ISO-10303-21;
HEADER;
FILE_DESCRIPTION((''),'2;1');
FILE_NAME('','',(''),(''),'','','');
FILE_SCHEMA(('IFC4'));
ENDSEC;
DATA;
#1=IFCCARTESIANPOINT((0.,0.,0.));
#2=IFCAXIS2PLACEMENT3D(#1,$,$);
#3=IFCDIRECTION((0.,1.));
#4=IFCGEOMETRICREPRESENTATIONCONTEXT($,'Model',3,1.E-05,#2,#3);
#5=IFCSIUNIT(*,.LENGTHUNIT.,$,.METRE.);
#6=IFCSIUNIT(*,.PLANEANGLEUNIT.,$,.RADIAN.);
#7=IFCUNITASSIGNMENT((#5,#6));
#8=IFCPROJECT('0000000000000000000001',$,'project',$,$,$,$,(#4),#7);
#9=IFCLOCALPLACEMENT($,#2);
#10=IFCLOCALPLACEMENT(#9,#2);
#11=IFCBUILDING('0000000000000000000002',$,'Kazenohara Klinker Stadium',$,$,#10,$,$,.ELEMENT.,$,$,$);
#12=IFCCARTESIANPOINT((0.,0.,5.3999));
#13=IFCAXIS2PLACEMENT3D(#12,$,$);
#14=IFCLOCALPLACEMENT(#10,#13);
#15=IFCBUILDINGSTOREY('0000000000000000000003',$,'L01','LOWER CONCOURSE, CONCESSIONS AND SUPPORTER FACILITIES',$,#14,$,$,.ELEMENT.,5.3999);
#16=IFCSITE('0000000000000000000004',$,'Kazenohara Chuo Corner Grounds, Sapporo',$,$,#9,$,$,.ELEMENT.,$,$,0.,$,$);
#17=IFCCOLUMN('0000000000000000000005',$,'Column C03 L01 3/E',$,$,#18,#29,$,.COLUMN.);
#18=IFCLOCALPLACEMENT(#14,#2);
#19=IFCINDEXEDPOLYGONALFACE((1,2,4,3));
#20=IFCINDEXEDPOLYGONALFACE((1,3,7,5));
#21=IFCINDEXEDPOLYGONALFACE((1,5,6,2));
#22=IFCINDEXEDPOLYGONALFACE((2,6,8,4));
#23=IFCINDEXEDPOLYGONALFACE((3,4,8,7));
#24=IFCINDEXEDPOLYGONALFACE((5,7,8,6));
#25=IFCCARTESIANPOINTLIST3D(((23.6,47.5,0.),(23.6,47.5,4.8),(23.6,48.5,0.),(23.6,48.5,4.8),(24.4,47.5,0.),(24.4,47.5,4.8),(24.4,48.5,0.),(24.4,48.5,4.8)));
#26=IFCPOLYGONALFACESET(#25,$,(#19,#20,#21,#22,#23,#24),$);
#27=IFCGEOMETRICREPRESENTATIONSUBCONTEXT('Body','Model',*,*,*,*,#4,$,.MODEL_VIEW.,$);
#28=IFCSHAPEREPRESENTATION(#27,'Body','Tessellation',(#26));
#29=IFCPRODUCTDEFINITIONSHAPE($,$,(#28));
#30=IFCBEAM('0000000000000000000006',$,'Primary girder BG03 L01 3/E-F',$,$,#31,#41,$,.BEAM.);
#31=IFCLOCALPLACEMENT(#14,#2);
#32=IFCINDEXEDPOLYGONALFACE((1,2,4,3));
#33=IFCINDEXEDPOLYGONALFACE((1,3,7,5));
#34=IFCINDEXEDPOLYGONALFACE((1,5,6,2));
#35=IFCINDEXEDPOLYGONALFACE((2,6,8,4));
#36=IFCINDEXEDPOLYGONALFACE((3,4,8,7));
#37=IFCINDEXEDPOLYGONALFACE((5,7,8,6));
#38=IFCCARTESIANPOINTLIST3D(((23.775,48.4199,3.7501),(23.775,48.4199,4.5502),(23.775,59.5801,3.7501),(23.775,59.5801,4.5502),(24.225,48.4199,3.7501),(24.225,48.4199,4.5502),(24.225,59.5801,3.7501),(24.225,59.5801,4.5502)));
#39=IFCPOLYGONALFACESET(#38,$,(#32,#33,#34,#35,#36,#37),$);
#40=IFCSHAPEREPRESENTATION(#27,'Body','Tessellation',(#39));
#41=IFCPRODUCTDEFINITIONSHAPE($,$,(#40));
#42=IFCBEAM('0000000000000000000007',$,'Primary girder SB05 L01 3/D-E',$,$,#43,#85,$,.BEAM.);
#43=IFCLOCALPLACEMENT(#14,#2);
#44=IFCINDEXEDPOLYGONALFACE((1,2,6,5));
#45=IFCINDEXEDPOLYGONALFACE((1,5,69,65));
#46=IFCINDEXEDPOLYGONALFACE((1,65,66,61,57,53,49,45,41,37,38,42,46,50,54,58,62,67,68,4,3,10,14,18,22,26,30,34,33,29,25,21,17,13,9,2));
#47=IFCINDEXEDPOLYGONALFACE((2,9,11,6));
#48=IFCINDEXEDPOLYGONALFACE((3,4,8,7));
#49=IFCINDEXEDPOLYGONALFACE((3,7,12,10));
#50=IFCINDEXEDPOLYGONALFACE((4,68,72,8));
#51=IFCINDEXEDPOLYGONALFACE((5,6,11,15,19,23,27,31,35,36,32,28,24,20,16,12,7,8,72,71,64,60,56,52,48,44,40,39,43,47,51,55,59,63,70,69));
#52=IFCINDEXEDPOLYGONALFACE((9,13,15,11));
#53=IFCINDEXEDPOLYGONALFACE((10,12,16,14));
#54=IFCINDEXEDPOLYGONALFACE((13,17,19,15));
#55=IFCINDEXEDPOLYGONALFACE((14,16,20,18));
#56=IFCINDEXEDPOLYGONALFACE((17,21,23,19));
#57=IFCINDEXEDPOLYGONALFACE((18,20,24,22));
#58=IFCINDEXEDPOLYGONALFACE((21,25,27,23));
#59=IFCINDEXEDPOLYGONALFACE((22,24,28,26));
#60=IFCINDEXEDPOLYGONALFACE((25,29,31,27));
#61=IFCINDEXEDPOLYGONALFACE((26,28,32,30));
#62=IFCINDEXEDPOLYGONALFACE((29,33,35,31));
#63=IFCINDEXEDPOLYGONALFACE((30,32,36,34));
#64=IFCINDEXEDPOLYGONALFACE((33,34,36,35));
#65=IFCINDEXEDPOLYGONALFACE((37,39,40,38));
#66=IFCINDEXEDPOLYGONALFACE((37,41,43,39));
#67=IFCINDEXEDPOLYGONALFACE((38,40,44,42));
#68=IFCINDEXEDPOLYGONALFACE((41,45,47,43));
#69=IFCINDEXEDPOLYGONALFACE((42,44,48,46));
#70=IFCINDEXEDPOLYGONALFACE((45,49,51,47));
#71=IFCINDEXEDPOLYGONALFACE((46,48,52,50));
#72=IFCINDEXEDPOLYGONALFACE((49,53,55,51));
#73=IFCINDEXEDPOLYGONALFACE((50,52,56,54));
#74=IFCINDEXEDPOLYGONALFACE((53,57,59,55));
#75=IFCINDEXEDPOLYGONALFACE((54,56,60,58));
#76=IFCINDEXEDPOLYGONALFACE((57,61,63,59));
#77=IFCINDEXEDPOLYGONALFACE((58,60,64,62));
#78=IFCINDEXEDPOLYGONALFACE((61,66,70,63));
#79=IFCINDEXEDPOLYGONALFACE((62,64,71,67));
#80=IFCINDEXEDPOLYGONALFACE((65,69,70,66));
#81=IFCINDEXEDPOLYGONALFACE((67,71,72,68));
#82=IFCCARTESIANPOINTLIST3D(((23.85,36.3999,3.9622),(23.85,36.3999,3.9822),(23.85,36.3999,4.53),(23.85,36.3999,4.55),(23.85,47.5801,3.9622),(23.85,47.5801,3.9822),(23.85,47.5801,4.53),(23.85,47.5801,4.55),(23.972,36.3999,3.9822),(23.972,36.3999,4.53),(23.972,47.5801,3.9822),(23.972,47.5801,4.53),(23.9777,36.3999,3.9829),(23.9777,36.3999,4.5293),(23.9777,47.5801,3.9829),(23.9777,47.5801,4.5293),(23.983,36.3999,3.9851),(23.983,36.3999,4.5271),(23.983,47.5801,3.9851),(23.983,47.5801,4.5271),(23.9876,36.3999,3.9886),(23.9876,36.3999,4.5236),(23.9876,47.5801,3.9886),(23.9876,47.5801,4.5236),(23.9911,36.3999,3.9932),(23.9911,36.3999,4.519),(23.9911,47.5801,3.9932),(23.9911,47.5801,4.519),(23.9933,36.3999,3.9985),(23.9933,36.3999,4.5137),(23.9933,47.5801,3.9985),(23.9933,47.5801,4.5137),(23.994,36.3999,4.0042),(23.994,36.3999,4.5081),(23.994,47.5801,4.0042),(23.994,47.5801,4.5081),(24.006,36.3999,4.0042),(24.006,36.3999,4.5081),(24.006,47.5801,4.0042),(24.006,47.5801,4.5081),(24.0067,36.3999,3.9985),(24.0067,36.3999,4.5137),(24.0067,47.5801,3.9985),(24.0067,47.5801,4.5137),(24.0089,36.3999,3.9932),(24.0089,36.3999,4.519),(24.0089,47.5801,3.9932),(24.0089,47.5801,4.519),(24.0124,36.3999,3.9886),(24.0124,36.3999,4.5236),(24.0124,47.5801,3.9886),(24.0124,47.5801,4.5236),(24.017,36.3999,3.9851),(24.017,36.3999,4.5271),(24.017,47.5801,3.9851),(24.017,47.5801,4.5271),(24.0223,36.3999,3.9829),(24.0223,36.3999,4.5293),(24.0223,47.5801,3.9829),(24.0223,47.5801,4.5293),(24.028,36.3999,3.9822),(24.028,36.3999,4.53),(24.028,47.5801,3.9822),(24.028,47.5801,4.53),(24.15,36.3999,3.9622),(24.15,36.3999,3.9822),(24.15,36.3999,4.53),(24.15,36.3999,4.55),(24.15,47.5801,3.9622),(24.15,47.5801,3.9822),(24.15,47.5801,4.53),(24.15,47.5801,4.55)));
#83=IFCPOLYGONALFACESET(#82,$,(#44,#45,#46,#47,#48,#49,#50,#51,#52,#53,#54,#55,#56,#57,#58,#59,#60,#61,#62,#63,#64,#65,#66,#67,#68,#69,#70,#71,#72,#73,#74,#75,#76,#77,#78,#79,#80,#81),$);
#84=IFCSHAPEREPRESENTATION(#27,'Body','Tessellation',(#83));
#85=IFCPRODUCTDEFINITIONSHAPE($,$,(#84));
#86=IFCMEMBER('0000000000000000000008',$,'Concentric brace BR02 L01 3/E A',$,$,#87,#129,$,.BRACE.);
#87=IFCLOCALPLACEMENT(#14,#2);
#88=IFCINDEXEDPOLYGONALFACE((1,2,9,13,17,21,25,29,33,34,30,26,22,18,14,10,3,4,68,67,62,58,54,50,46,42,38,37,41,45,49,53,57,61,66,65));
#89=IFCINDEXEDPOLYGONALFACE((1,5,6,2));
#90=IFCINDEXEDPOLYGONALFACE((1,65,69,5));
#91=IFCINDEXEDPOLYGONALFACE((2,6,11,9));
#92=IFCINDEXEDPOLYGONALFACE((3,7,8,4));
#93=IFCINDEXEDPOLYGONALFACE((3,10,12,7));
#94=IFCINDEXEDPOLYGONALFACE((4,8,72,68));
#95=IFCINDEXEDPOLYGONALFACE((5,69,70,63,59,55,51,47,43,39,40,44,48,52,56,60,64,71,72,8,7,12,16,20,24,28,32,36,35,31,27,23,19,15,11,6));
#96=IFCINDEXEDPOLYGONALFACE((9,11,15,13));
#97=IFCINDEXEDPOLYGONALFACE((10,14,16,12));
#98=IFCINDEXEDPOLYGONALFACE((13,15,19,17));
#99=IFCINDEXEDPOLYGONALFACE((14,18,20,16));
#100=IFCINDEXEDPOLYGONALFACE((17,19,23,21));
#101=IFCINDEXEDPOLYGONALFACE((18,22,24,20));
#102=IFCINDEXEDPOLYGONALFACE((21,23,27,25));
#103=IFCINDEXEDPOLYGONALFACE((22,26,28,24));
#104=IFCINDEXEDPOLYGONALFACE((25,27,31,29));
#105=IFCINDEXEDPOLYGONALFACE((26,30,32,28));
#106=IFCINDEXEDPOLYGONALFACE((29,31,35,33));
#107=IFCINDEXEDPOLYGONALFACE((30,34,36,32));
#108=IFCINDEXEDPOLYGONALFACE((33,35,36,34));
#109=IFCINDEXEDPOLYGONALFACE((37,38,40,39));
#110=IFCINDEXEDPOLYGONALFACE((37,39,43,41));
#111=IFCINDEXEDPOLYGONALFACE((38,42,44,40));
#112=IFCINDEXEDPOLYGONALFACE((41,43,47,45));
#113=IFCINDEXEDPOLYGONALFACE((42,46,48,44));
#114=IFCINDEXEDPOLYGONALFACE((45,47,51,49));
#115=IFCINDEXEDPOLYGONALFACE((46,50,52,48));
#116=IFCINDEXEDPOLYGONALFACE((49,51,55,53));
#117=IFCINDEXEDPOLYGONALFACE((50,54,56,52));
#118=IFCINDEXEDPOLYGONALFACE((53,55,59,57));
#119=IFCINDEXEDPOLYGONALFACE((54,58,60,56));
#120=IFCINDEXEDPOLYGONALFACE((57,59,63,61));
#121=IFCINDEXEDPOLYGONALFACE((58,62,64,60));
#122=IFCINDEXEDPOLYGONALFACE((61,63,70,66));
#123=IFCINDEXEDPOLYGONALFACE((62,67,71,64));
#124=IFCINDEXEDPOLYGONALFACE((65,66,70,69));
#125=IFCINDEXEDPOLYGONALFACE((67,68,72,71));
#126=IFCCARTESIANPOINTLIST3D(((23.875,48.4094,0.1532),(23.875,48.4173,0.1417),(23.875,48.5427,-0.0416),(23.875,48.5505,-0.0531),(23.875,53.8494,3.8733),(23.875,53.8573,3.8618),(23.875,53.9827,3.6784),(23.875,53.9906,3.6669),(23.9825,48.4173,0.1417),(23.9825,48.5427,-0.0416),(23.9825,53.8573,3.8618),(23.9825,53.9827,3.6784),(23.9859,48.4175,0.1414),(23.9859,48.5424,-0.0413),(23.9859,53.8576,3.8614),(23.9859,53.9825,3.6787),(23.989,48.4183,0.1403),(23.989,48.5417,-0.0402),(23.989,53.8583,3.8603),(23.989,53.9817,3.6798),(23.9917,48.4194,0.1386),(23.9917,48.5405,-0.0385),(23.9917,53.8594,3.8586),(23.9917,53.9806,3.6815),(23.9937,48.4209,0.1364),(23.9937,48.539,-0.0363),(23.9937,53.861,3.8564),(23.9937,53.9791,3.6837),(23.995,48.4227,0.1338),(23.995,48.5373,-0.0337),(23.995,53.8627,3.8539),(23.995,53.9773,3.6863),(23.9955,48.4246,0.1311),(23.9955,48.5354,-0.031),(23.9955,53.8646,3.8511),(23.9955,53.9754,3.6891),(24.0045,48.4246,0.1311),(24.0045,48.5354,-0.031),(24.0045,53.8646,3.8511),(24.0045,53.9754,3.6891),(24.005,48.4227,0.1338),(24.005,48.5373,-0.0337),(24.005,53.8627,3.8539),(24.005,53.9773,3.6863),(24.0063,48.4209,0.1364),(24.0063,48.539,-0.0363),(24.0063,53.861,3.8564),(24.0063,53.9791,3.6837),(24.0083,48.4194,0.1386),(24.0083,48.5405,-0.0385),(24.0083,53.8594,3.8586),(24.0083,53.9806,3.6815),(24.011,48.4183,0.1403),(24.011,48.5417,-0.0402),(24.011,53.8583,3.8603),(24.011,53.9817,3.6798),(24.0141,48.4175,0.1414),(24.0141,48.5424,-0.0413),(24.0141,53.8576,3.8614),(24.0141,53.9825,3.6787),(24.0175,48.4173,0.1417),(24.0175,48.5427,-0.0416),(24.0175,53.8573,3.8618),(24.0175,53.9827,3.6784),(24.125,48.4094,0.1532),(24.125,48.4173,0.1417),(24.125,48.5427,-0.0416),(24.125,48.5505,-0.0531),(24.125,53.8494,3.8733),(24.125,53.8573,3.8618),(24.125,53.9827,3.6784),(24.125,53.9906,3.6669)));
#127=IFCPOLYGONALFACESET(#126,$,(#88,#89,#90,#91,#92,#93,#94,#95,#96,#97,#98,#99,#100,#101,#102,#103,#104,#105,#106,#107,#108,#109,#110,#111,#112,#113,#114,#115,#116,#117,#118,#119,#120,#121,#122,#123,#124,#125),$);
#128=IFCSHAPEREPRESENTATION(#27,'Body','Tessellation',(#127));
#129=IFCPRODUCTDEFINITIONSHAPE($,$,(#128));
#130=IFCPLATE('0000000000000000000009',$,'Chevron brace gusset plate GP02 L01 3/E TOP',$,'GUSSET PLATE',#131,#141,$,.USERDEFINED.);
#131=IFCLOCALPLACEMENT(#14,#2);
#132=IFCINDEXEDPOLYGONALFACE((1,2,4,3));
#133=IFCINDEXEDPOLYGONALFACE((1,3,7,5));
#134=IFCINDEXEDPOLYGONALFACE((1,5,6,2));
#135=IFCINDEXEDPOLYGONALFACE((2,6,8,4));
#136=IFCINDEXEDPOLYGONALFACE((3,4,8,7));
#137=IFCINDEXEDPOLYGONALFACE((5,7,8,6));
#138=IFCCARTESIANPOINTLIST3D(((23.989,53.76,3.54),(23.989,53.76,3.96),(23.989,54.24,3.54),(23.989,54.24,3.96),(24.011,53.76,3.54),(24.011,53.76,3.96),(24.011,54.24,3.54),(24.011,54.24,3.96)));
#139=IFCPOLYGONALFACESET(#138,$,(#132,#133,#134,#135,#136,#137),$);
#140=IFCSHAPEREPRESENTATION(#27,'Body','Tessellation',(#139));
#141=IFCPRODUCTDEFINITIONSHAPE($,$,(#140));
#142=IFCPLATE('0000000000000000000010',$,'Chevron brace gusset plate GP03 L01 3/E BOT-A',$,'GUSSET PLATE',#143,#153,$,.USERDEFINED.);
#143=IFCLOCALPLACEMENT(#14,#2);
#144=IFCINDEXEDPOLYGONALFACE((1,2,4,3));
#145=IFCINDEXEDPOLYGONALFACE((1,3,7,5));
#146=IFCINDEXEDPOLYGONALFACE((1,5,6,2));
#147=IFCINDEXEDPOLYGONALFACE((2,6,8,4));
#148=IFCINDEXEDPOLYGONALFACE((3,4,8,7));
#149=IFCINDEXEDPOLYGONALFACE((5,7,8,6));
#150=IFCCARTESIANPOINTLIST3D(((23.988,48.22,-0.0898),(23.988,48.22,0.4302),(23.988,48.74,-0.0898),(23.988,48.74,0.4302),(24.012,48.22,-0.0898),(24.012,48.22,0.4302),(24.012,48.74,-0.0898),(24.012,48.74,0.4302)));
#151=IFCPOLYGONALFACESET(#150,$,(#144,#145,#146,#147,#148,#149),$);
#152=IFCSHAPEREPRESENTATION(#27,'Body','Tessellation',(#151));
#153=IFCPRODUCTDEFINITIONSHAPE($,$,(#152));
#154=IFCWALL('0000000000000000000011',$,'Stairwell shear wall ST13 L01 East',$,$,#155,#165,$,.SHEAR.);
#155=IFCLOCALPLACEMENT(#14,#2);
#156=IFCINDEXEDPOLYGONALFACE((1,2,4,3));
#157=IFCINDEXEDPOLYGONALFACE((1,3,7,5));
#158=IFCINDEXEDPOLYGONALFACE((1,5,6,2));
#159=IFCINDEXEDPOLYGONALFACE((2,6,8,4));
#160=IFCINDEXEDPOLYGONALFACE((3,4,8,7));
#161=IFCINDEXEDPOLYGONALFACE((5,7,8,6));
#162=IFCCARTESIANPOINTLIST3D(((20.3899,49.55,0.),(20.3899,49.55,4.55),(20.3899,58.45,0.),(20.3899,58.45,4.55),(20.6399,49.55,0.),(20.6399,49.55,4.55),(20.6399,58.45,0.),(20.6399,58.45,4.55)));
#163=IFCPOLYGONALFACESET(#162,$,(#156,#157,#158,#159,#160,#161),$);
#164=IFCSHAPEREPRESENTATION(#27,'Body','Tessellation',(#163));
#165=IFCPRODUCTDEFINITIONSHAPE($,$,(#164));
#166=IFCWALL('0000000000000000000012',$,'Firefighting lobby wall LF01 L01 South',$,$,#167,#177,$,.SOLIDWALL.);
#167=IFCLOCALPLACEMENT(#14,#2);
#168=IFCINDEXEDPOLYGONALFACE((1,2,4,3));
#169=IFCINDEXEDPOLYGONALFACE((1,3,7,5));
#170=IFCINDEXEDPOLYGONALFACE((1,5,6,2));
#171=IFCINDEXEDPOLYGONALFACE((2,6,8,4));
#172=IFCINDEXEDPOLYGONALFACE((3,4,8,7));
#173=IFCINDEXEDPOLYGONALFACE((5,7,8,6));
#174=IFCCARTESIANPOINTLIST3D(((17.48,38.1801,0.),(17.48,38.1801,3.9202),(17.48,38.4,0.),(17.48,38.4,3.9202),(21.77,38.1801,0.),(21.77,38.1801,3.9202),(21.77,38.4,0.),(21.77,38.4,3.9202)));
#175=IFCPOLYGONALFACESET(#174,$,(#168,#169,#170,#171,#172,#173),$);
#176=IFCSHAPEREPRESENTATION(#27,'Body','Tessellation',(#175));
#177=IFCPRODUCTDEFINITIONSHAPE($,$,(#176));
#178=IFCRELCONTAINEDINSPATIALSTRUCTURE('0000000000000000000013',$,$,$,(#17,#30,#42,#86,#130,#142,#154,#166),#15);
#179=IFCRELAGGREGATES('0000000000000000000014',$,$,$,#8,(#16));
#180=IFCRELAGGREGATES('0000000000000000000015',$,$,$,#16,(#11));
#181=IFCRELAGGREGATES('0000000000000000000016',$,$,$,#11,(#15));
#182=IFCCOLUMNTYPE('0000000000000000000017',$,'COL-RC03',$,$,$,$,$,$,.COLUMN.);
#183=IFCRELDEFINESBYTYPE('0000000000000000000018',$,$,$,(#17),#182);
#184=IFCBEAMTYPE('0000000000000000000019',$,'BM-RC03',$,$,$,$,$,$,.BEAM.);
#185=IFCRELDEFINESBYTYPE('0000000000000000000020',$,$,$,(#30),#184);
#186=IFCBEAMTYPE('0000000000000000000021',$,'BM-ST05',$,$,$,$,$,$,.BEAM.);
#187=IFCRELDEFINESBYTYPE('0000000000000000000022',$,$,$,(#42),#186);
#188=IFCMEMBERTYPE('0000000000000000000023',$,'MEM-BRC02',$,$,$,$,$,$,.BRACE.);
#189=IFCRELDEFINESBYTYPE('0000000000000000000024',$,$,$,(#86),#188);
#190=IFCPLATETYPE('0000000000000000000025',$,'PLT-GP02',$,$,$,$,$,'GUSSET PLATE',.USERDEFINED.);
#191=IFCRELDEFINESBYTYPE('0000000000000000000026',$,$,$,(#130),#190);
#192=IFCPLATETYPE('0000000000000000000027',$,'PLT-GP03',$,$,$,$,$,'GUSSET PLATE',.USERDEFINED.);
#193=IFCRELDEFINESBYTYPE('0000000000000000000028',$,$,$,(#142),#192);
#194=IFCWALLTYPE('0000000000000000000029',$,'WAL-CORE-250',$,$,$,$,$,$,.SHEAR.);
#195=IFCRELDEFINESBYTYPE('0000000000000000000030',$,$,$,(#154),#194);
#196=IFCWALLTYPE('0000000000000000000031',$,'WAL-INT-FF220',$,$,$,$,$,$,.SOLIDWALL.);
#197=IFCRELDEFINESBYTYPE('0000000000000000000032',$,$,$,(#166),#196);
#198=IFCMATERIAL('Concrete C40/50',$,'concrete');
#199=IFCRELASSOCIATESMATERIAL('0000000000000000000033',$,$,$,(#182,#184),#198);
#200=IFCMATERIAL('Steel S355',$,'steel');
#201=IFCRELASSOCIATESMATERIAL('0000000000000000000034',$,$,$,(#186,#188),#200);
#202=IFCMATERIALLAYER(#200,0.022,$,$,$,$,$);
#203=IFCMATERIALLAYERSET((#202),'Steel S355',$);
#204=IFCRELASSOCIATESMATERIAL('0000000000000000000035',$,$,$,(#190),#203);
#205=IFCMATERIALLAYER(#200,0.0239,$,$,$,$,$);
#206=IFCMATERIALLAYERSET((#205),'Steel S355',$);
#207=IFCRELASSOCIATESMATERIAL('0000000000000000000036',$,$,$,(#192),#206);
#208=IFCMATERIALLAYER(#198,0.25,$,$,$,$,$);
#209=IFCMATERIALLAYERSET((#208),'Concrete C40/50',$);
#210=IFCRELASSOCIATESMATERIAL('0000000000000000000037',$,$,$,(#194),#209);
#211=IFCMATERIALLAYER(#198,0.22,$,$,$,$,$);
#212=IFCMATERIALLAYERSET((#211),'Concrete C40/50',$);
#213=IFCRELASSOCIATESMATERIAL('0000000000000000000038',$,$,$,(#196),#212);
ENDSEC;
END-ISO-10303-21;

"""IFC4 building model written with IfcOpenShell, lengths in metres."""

from ifc_helpers import new_model, si_unit, direction, frame, frame_2d, origin, origin_2d, place, context, subcontext, project, spatial, rectangle, i_section, extrude, material, layer, layer_set, material_profile, profile_set, type_object, element, save


model = new_model("IFC4")

# Units and contexts
model_context = context("Model", 3, precision=1e-05, world=origin(), true_north=direction((0.0, 1.0)))
body_context = subcontext(model_context, "Body", "Model", "MODEL_VIEW")
ifc_project = project(units=[si_unit("LENGTHUNIT", "METRE"), si_unit("PLANEANGLEUNIT", "RADIAN")], contexts=[model_context])

# Site, building, storey
site_placement = place(None, origin())
site = spatial("IfcSite", under=ifc_project, at=site_placement, Name="Kazenohara Chuo Corner Grounds, Sapporo", CompositionType="ELEMENT", RefElevation=0.0)
building_placement = place(site_placement, origin())
building = spatial("IfcBuilding", under=site, at=building_placement, Name="Kazenohara Klinker Stadium", CompositionType="ELEMENT")
storey_placement = place(building_placement, frame((0.0, 0.0, 5.3999)))
storey = spatial("IfcBuildingStorey", under=building, at=storey_placement, Name="L01", Description="LOWER CONCOURSE, CONCESSIONS AND SUPPORTER FACILITIES", CompositionType="ELEMENT", Elevation=5.3999)

# Column
ifc_material_1 = material(Name="Concrete C40/50", Category="concrete")
ifc_material_profile_1 = material_profile(ifc_material_1, rectangle(XDim=0.8, YDim=1.0, at=origin_2d()), Name="RC-COL-1000x800")
ifc_profile_set_1 = profile_set([ifc_material_profile_1], Name="Concrete C40/50")
column_type = type_object("IfcColumnType", Name="COL-RC03", PredefinedType="COLUMN", material=ifc_profile_set_1)
column_placement = place(storey_placement, frame((24.0, 48.0, 0.0), z_axis=(0.0, 0.0, 1.0), x_axis=(1.0, 0.0, 0.0)))
element("IfcColumn", 1, at=column_placement, inside=storey, type_object=column_type, Name="Column C03 L01 3/E", PredefinedType="COLUMN", context=body_context, shape_type="SweptSolid", body=[
    extrude(rectangle(XDim=0.8, YDim=1.0, at=origin_2d()), origin(), (0.0, 0.0, 1.0), 4.8),
])

# Beams
ifc_material_profile_2 = material_profile(ifc_material_1, rectangle(XDim=0.45, YDim=0.8, at=origin_2d()), Name="RC-BM-450x800")
ifc_profile_set_2 = profile_set([ifc_material_profile_2], Name="Concrete C40/50")
beam_type_1 = type_object("IfcBeamType", Name="BM-RC03", PredefinedType="BEAM", material=ifc_profile_set_2)
beam_1_placement = place(storey_placement, frame((24.0, 48.4199, 4.1501), z_axis=(0.0, 1.0, 0.0), x_axis=(-1.0, 0.0, 0.0)))
element("IfcBeam", 2, at=beam_1_placement, inside=storey, type_object=beam_type_1, Name="Primary girder BG03 L01 3/E-F", PredefinedType="BEAM", context=body_context, shape_type="SweptSolid", body=[
    extrude(rectangle(XDim=0.45, YDim=0.8, at=origin_2d()), origin(), (0.0, 0.0, 1.0), 11.1602),
])
ifc_material_2 = material(Name="Steel S355", Category="steel")
ifc_material_profile_3 = material_profile(ifc_material_2, i_section(OverallWidth=0.3, OverallDepth=0.5879, WebThickness=0.012, FlangeThickness=0.02, FilletRadius=0.022, at=origin_2d()), Name="H-588x300x12x20")
ifc_profile_set_3 = profile_set([ifc_material_profile_3], Name="Steel S355")
beam_type_2 = type_object("IfcBeamType", Name="BM-ST05", PredefinedType="BEAM", material=ifc_profile_set_3)
beam_2_placement = place(storey_placement, frame((24.0, 36.3999, 4.2561), z_axis=(0.0, 1.0, 0.0), x_axis=(-1.0, 0.0, 0.0)))
element("IfcBeam", 3, at=beam_2_placement, inside=storey, type_object=beam_type_2, Name="Primary girder SB05 L01 3/D-E", PredefinedType="BEAM", context=body_context, shape_type="SweptSolid", body=[
    extrude(i_section(OverallWidth=0.3, OverallDepth=0.5879, WebThickness=0.012, FlangeThickness=0.02, FilletRadius=0.022, at=origin_2d()), origin(), (0.0, 0.0, 1.0), 11.1802),
])

# Member
ifc_material_profile_4 = material_profile(ifc_material_2, i_section(OverallWidth=0.25, OverallDepth=0.25, WebThickness=0.009, FlangeThickness=0.0139, FilletRadius=0.0129, at=origin_2d()), Name="H-250x250x9x14")
ifc_profile_set_4 = profile_set([ifc_material_profile_4], Name="Steel S355")
member_type = type_object("IfcMemberType", Name="MEM-BRC02", PredefinedType="BRACE", material=ifc_profile_set_4)
member_placement = place(storey_placement, frame((24.0, 48.48, 0.05), z_axis=(0.0, 0.825455, 0.564467), x_axis=(-1.0, 0.0, 0.0)))
element("IfcMember", 4, at=member_placement, inside=storey, type_object=member_type, Name="Concentric brace BR02 L01 3/E A", PredefinedType="BRACE", context=body_context, shape_type="SweptSolid", body=[
    extrude(i_section(OverallWidth=0.25, OverallDepth=0.25, WebThickness=0.009, FlangeThickness=0.0139, FilletRadius=0.0129, at=origin_2d()), origin(), (0.0, 0.0, 1.0), 6.5903),
])

# Plates
ifc_layer_1 = layer(ifc_material_2, 0.022)
ifc_layer_set_1 = layer_set([ifc_layer_1], Name="Steel S355")
plate_type_1 = type_object("IfcPlateType", Name="PLT-GP02", ElementType="GUSSET PLATE", PredefinedType="USERDEFINED", material=ifc_layer_set_1)
plate_1_placement = place(storey_placement, frame((24.0, 54.0, 3.54), z_axis=(0.0, 0.0, 1.0), x_axis=(1.0, 0.0, 0.0)))
element("IfcPlate", 5, at=plate_1_placement, inside=storey, type_object=plate_type_1, Name="Chevron brace gusset plate GP02 L01 3/E TOP", ObjectType="GUSSET PLATE", PredefinedType="USERDEFINED", context=body_context, shape_type="SweptSolid", body=[
    extrude(rectangle(XDim=0.022, YDim=0.48, at=origin_2d()), origin(), (0.0, 0.0, 1.0), 0.4199),
])
ifc_layer_2 = layer(ifc_material_2, 0.0239)
ifc_layer_set_2 = layer_set([ifc_layer_2], Name="Steel S355")
plate_type_2 = type_object("IfcPlateType", Name="PLT-GP03", ElementType="GUSSET PLATE", PredefinedType="USERDEFINED", material=ifc_layer_set_2)
plate_2_placement = place(storey_placement, frame((24.0, 48.48, -0.0898), z_axis=(0.0, 0.0, 1.0), x_axis=(1.0, 0.0, 0.0)))
element("IfcPlate", 6, at=plate_2_placement, inside=storey, type_object=plate_type_2, Name="Chevron brace gusset plate GP03 L01 3/E BOT-A", ObjectType="GUSSET PLATE", PredefinedType="USERDEFINED", context=body_context, shape_type="SweptSolid", body=[
    extrude(rectangle(XDim=0.0239, YDim=0.52, at=origin_2d()), origin(), (0.0, 0.0, 1.0), 0.52),
])

# Walls
ifc_layer_3 = layer(ifc_material_1, 0.25)
ifc_layer_set_3 = layer_set([ifc_layer_3], Name="Concrete C40/50")
wall_type_1 = type_object("IfcWallType", Name="WAL-CORE-250", PredefinedType="SHEAR", material=ifc_layer_set_3)
wall_1_placement = place(storey_placement, frame((20.5149, 49.55, 0.0), z_axis=(0.0, 0.0, 1.0), x_axis=(0.0, 1.0, 0.0)))
element("IfcWall", 7, at=wall_1_placement, inside=storey, type_object=wall_type_1, Name="Stairwell shear wall ST13 L01 East", PredefinedType="SHEAR", context=body_context, shape_type="SweptSolid", body=[
    extrude(rectangle(XDim=8.8999, YDim=0.25, at=frame_2d((4.45, 0.0))), origin(), (0.0, 0.0, 1.0), 4.55),
])
ifc_layer_4 = layer(ifc_material_1, 0.22)
ifc_layer_set_4 = layer_set([ifc_layer_4], Name="Concrete C40/50")
wall_type_2 = type_object("IfcWallType", Name="WAL-INT-FF220", PredefinedType="SOLIDWALL", material=ifc_layer_set_4)
for number, where, z_axis, x_axis, name in (
    (8, (17.48, 38.29, 0.0), (0.0, 0.0, 1.0), (1.0, 0.0, 0.0), "Firefighting lobby wall LF01 L01 South"),
):
    element("IfcWall", number, at=place(storey_placement, frame(where, z_axis=z_axis, x_axis=x_axis)), inside=storey, type_object=wall_type_2, Name=name, PredefinedType="SOLIDWALL", context=body_context, shape_type="SweptSolid", body=[
        extrude(rectangle(XDim=4.29, YDim=0.22, at=frame_2d((2.145, 0.0))), origin(), (0.0, 0.0, 1.0), 3.9202),
    ])

save(model, "model.ifc")
